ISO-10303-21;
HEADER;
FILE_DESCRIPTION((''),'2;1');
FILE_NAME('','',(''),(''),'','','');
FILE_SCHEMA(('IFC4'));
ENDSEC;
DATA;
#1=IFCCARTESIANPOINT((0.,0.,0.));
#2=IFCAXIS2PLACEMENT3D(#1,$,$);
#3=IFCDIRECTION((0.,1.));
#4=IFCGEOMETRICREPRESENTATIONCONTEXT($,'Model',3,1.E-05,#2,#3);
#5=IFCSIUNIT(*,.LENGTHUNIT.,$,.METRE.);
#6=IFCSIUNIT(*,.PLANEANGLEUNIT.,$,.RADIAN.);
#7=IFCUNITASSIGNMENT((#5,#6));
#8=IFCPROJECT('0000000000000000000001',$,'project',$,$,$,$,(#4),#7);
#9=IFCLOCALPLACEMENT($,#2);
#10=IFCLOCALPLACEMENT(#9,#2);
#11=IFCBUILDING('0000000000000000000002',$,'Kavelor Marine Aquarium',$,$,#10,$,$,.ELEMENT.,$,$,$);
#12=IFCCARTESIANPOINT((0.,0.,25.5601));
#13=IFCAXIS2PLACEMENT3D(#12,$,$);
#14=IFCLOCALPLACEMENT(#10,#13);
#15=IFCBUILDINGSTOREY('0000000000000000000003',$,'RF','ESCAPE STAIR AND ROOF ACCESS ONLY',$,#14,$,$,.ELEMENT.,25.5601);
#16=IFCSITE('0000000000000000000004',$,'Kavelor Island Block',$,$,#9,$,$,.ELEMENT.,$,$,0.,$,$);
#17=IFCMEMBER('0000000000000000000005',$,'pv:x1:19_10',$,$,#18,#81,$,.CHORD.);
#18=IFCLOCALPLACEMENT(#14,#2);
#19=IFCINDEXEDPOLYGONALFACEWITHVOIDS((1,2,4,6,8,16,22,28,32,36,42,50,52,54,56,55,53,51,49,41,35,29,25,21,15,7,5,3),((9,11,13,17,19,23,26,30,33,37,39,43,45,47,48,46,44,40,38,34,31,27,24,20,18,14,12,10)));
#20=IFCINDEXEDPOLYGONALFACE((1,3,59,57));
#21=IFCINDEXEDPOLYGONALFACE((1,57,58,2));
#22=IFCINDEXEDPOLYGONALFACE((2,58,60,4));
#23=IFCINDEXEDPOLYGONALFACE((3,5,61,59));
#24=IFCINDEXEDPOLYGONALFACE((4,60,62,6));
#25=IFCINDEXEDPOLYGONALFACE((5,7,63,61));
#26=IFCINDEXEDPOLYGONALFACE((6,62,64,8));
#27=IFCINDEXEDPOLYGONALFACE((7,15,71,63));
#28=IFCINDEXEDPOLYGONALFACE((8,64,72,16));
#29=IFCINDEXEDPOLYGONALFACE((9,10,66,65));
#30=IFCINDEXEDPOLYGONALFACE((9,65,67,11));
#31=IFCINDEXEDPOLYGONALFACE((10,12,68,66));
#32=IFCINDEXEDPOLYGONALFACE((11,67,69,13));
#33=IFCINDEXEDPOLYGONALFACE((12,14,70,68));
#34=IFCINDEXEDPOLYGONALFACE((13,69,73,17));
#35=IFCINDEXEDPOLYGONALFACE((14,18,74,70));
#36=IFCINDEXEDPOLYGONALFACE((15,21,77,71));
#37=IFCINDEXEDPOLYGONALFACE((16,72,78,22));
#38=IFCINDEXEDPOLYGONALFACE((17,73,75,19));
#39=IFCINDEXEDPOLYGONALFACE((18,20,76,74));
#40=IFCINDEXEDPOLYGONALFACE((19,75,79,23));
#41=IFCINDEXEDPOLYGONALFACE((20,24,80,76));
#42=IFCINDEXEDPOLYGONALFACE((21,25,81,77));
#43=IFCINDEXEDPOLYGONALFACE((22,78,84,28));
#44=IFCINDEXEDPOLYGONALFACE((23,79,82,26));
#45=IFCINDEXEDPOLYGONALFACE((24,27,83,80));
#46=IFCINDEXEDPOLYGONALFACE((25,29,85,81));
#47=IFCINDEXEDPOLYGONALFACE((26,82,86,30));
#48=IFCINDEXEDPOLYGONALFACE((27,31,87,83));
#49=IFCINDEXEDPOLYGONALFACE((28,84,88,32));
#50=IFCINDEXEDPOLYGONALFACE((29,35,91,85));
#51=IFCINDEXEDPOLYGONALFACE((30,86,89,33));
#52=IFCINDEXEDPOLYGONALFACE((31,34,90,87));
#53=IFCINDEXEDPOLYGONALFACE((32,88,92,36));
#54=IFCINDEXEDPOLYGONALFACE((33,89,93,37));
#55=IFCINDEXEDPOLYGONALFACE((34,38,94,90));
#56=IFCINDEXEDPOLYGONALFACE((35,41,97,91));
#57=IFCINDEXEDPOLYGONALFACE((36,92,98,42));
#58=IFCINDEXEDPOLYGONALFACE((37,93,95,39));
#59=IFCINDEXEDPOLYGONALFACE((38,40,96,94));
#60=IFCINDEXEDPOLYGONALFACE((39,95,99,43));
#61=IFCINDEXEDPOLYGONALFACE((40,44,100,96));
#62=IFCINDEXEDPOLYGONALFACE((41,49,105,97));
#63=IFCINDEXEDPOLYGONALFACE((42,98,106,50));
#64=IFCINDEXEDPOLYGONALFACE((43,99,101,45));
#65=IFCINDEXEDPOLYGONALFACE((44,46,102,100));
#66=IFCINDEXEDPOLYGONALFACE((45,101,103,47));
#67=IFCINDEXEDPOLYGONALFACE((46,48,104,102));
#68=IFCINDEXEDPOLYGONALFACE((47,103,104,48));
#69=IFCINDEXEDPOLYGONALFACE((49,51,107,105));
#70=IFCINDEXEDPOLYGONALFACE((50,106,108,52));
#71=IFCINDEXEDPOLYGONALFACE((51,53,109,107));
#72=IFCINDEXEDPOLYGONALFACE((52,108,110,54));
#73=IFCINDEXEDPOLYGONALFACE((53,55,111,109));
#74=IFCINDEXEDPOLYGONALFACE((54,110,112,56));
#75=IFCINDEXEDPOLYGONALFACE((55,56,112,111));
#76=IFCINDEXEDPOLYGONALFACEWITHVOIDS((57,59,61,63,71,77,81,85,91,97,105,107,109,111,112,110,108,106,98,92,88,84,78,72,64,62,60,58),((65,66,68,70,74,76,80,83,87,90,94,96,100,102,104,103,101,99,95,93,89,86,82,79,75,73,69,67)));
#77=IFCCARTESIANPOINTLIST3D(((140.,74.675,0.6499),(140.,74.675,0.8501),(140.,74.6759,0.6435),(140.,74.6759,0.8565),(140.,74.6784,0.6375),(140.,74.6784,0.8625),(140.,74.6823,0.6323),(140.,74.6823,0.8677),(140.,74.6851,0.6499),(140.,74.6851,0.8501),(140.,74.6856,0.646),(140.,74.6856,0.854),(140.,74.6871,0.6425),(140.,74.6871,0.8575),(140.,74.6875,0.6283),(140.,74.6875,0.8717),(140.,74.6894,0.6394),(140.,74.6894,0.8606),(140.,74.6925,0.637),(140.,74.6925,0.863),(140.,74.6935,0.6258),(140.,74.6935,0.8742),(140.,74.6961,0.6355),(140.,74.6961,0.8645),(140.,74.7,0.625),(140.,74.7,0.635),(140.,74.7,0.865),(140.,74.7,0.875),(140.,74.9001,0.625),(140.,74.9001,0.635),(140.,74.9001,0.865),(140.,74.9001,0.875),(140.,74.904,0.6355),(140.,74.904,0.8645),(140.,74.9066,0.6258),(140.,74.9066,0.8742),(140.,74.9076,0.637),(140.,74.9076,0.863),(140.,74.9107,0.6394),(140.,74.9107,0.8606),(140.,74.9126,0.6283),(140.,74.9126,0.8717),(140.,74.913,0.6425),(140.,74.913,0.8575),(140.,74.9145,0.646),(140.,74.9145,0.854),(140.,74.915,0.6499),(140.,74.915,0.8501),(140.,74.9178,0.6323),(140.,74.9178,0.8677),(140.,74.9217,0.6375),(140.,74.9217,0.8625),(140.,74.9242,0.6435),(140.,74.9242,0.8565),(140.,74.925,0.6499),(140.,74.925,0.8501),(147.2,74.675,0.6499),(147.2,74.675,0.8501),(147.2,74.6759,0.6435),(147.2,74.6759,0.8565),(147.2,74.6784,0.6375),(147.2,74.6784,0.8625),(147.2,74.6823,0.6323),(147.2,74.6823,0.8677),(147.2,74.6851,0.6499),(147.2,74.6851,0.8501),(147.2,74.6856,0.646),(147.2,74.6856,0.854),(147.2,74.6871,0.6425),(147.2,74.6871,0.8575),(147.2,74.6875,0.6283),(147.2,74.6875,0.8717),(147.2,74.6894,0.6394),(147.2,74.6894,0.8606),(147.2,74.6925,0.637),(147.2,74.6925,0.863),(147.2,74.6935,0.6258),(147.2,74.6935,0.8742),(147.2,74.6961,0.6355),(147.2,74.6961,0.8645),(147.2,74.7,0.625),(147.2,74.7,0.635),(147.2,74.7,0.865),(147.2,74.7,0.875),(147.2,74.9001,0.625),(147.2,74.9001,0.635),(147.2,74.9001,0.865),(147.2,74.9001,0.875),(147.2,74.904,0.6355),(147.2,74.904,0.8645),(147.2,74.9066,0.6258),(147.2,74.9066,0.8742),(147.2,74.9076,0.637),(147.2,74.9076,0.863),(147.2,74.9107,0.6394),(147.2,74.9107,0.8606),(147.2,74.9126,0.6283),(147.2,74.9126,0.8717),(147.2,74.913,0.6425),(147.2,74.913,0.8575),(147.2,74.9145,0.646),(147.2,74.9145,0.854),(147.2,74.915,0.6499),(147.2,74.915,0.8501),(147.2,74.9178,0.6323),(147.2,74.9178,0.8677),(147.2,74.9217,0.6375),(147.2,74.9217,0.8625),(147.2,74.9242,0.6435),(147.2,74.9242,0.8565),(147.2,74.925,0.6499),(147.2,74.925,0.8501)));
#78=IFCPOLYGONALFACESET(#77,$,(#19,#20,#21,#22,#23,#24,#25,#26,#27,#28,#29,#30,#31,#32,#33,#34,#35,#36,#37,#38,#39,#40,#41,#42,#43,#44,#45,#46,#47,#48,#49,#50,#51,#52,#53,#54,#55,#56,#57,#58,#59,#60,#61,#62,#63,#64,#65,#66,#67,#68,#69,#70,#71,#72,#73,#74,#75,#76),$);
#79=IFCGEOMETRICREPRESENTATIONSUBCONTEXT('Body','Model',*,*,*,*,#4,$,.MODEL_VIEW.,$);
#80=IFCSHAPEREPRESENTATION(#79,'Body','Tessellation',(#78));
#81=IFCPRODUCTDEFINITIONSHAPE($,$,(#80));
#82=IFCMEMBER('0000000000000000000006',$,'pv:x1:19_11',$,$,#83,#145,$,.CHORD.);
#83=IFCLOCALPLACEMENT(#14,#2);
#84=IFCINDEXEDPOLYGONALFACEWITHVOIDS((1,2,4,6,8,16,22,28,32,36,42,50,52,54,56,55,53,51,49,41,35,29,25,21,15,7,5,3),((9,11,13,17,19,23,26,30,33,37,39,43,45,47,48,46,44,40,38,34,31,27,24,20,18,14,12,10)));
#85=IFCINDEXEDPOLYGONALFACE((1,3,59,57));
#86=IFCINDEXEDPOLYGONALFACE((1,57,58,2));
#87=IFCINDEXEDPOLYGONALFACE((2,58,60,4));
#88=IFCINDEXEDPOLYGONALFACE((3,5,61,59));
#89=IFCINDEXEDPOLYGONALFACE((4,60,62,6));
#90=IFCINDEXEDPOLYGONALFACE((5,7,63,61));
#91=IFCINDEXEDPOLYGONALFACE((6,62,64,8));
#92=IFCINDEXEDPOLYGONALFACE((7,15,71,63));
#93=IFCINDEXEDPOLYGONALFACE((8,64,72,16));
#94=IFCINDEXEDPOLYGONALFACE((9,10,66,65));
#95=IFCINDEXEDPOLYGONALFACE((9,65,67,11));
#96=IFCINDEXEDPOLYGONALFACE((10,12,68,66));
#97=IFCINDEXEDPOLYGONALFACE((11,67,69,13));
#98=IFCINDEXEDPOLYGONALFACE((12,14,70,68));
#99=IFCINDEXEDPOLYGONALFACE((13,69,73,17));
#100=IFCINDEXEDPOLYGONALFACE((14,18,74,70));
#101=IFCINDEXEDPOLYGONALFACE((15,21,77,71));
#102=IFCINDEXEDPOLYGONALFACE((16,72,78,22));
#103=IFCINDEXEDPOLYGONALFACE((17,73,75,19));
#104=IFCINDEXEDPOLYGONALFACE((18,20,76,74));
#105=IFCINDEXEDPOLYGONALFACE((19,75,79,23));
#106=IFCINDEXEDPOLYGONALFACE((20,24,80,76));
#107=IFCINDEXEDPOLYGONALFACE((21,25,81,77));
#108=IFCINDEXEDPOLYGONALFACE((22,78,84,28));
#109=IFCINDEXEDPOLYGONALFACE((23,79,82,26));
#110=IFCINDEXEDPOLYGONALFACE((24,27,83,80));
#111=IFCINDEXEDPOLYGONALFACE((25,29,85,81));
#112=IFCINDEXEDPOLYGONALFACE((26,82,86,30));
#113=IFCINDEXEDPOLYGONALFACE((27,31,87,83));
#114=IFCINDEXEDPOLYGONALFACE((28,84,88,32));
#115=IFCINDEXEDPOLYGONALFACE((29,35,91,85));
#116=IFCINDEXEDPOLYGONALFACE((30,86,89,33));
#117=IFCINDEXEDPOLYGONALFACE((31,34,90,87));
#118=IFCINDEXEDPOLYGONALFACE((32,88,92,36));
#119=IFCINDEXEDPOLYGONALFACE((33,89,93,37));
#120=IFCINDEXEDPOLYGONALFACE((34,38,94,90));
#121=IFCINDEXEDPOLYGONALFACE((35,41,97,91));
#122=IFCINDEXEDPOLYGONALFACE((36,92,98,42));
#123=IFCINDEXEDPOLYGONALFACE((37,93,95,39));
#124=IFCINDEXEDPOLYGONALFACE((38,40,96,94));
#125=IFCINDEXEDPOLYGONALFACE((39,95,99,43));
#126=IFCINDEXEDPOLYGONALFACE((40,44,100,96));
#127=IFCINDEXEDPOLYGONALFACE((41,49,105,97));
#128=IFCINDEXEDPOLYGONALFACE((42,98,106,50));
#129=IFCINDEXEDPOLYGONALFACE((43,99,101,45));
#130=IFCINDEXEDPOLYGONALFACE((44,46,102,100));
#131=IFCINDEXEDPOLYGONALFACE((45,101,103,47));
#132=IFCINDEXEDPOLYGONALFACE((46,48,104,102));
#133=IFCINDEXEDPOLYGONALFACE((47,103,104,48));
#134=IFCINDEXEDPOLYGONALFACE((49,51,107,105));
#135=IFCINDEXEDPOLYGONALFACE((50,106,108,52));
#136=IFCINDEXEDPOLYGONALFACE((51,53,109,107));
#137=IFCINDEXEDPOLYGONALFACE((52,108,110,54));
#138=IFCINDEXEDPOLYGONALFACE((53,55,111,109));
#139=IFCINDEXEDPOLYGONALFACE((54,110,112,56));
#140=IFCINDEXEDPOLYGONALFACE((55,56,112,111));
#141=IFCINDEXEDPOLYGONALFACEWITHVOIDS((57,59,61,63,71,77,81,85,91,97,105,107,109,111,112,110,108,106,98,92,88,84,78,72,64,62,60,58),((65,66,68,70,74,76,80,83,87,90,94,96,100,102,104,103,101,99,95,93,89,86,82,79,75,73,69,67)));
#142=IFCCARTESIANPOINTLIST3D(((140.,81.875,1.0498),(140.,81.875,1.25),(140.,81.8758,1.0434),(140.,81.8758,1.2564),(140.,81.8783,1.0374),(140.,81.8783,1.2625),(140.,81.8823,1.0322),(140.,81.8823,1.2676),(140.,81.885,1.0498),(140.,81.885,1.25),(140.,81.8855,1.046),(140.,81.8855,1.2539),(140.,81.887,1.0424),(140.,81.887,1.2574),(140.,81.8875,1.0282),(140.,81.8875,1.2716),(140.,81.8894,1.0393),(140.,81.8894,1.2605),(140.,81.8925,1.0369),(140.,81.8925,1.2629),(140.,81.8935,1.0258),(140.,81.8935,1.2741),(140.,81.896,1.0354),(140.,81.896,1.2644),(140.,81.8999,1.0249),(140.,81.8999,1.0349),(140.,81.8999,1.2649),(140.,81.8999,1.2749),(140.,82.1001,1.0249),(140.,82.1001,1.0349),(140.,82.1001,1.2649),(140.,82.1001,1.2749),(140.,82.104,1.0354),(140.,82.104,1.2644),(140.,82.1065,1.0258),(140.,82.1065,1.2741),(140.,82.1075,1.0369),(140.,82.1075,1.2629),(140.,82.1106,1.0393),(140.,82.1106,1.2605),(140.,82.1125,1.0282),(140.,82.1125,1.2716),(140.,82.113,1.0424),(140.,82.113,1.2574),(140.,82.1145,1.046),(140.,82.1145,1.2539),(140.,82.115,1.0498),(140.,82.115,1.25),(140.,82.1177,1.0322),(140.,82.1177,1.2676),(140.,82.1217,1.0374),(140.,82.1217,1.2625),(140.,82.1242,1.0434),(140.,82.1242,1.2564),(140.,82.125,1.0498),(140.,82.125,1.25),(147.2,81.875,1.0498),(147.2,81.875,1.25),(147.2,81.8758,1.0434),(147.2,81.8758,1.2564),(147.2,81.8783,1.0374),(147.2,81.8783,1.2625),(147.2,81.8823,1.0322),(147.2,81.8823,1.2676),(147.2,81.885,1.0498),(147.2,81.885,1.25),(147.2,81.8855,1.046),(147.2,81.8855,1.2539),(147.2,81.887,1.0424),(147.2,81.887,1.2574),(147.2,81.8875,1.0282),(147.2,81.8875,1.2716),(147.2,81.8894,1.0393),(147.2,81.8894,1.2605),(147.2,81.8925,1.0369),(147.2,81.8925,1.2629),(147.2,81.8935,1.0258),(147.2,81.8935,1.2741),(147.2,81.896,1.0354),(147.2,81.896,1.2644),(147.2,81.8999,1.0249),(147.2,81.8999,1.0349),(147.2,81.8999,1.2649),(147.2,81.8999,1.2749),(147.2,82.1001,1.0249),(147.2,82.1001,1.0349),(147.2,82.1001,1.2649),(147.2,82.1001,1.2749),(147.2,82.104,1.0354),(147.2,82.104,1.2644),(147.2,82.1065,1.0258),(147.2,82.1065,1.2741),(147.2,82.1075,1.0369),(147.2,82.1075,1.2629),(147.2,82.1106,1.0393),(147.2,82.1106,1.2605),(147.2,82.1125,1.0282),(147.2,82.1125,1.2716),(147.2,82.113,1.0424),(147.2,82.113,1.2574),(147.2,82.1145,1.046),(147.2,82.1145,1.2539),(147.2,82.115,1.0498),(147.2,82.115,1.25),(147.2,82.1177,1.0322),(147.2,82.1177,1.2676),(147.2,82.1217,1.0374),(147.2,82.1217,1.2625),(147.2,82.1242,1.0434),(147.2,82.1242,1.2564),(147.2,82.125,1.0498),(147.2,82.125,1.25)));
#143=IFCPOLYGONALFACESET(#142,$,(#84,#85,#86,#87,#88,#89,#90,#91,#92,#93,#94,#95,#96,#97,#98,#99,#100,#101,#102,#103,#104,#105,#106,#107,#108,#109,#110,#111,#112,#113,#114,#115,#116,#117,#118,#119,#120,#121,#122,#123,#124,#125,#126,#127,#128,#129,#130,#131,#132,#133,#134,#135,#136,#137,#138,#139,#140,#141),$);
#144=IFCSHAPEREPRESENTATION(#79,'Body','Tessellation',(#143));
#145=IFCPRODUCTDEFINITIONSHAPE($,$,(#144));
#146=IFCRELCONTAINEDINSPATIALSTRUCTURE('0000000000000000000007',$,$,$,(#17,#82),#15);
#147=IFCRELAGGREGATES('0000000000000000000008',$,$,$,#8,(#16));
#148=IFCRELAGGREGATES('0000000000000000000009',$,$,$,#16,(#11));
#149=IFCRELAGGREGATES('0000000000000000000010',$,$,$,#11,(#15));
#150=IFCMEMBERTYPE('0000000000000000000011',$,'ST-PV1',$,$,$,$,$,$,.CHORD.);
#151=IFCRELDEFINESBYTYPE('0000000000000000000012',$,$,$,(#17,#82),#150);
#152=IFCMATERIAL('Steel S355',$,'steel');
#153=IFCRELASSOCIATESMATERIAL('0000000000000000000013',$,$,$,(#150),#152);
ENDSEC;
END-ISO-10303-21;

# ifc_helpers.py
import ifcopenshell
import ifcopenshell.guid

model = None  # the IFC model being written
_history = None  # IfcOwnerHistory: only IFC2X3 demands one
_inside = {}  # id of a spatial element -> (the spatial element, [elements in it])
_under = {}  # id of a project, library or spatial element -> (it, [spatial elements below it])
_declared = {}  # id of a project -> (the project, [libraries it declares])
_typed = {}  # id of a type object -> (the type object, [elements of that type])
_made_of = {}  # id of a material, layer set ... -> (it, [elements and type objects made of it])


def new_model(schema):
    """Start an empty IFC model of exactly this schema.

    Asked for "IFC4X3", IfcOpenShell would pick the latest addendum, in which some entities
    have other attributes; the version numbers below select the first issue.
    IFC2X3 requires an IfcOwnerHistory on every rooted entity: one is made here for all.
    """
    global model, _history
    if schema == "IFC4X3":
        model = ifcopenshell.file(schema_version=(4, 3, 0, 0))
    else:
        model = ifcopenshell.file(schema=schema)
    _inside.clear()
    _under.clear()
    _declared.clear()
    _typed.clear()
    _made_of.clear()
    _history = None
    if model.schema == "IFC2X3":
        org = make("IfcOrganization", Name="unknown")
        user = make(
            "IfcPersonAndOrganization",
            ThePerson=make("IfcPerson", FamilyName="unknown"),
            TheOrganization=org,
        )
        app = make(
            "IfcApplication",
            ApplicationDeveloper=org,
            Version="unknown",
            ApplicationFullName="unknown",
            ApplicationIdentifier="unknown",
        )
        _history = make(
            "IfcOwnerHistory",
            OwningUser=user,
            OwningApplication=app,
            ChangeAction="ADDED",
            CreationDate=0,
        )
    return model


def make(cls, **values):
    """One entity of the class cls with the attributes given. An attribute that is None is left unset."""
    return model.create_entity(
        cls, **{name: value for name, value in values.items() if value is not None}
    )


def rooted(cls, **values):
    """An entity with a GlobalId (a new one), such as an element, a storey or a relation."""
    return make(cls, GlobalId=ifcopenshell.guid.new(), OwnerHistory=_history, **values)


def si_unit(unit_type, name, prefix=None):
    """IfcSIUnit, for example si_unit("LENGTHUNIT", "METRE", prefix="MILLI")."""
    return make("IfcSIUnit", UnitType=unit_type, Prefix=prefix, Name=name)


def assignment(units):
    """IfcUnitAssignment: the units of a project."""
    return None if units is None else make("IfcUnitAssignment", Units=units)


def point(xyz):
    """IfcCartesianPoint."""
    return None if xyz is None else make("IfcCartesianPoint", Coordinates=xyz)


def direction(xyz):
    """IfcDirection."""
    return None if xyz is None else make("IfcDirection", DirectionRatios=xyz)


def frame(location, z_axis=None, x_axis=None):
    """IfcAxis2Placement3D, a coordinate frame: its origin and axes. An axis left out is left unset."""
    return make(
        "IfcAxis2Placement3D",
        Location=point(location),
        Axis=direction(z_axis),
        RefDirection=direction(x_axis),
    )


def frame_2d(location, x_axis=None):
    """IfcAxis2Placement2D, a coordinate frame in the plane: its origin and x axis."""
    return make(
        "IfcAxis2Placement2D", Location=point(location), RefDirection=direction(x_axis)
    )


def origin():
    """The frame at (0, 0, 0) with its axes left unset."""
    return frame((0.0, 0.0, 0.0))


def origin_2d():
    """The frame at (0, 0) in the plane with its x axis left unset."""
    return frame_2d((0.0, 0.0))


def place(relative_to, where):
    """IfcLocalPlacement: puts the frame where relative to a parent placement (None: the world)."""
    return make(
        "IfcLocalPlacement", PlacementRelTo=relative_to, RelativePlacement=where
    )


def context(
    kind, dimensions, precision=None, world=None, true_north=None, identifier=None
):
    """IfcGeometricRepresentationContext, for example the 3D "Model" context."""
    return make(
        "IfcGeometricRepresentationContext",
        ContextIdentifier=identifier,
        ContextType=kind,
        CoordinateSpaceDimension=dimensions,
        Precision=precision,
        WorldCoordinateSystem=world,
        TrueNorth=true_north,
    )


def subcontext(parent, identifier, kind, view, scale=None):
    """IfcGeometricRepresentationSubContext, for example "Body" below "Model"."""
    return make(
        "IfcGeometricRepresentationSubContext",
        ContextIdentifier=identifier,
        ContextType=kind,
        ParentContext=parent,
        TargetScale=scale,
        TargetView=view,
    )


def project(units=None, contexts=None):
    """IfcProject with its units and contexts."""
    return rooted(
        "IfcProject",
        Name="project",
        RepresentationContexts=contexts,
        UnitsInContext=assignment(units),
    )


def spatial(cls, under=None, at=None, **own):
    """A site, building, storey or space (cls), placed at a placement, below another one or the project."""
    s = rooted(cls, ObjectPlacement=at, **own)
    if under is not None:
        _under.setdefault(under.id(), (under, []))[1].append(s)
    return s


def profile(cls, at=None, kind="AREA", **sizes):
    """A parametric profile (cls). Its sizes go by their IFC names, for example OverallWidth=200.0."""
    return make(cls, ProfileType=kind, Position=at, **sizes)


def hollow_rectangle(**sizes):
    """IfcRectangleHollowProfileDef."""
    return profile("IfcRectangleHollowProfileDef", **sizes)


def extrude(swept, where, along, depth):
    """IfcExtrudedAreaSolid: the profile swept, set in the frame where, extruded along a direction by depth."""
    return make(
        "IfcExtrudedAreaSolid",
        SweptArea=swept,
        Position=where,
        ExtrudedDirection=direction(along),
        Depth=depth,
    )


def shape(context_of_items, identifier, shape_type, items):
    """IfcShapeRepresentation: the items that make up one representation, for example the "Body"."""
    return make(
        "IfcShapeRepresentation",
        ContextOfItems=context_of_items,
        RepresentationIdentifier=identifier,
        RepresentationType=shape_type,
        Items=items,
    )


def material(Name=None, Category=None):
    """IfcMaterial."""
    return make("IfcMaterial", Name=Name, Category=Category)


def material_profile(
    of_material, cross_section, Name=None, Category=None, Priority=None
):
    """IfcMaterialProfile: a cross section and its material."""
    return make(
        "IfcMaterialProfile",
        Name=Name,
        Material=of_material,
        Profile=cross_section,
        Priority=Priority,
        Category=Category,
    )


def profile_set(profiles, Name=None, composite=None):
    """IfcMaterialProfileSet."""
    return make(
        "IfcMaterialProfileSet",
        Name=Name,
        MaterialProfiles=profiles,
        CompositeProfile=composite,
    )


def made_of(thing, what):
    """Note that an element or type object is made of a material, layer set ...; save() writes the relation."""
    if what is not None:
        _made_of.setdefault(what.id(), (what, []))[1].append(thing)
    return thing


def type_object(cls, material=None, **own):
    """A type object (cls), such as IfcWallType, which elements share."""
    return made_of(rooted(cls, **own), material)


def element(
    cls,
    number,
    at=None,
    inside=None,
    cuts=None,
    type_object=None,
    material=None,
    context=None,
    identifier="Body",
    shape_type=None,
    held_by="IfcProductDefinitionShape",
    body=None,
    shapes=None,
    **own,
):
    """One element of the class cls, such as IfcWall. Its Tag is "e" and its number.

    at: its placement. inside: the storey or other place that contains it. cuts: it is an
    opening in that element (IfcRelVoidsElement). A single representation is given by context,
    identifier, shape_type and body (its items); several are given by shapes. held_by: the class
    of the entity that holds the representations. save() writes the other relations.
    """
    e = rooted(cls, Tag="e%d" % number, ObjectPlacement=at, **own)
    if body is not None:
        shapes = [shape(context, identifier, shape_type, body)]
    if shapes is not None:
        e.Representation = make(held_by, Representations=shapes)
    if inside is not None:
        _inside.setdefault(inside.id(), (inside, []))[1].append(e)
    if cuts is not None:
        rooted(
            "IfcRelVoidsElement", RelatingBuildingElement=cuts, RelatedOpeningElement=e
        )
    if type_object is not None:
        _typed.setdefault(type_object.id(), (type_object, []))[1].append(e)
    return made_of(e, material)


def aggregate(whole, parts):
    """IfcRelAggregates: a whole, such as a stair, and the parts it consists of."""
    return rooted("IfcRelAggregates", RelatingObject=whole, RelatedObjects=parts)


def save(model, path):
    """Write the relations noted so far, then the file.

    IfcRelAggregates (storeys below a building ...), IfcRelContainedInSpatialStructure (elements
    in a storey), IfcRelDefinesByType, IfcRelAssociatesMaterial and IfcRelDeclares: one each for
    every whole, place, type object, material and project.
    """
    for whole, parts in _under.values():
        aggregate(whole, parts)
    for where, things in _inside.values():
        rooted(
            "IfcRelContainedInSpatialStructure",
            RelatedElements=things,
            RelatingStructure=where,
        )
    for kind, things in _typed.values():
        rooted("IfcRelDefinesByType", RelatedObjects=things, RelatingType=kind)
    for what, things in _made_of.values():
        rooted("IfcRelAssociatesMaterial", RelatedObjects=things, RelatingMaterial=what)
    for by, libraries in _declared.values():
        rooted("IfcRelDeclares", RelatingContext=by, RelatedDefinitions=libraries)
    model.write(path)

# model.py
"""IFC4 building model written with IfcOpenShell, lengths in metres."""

from ifc_helpers import new_model, si_unit, direction, frame, origin, origin_2d, place, context, subcontext, project, spatial, hollow_rectangle, extrude, material, material_profile, profile_set, type_object, element, save


model = new_model("IFC4")

# Units and contexts
model_context = context("Model", 3, precision=1e-05, world=origin(), true_north=direction((0.0, 1.0)))
body_context = subcontext(model_context, "Body", "Model", "MODEL_VIEW")
ifc_project = project(units=[si_unit("LENGTHUNIT", "METRE"), si_unit("PLANEANGLEUNIT", "RADIAN")], contexts=[model_context])

# Site, building, storey
site_placement = place(None, origin())
site = spatial("IfcSite", under=ifc_project, at=site_placement, Name="Kavelor Island Block", CompositionType="ELEMENT", RefElevation=0.0)
building_placement = place(site_placement, origin())
building = spatial("IfcBuilding", under=site, at=building_placement, Name="Kavelor Marine Aquarium", CompositionType="ELEMENT")
storey_placement = place(building_placement, frame((0.0, 0.0, 25.5601)))
storey = spatial("IfcBuildingStorey", under=building, at=storey_placement, Name="RF", Description="ESCAPE STAIR AND ROOF ACCESS ONLY", CompositionType="ELEMENT", Elevation=25.5601)

# Members
ifc_material_1 = material(Name="Steel S355", Category="steel")
ifc_material_profile_1 = material_profile(ifc_material_1, hollow_rectangle(XDim=0.25, YDim=0.25, WallThickness=0.01, InnerFilletRadius=0.0149, OuterFilletRadius=0.0249, at=origin_2d()), Name="SHS 250x250x10.0")
ifc_profile_set_1 = profile_set([ifc_material_profile_1], Name="Steel S355")
member_type_1 = type_object("IfcMemberType", Name="ST-PV1", PredefinedType="CHORD", material=ifc_profile_set_1)
for number, where, z_axis, x_axis, name in (
    (1, (140.0, 74.8, 0.75), (1.0, 0.0, 0.0), (0.0, 1.0, 0.0), "pv:x1:19_10"),
    (2, (140.0, 82.0, 1.1499), (1.0, 0.0, 0.0), (0.0, 1.0, 0.0), "pv:x1:19_11"),
):
    element("IfcMember", number, at=place(storey_placement, frame(where, z_axis=z_axis, x_axis=x_axis)), inside=storey, type_object=member_type_1, Name=name, PredefinedType="CHORD", context=body_context, shape_type="SweptSolid", body=[
        extrude(hollow_rectangle(XDim=0.25, YDim=0.25, WallThickness=0.01, InnerFilletRadius=0.0149, OuterFilletRadius=0.0249, at=origin_2d()), origin(), (0.0, 0.0, 1.0), 7.2),
    ])

save(model, "model.ifc")
